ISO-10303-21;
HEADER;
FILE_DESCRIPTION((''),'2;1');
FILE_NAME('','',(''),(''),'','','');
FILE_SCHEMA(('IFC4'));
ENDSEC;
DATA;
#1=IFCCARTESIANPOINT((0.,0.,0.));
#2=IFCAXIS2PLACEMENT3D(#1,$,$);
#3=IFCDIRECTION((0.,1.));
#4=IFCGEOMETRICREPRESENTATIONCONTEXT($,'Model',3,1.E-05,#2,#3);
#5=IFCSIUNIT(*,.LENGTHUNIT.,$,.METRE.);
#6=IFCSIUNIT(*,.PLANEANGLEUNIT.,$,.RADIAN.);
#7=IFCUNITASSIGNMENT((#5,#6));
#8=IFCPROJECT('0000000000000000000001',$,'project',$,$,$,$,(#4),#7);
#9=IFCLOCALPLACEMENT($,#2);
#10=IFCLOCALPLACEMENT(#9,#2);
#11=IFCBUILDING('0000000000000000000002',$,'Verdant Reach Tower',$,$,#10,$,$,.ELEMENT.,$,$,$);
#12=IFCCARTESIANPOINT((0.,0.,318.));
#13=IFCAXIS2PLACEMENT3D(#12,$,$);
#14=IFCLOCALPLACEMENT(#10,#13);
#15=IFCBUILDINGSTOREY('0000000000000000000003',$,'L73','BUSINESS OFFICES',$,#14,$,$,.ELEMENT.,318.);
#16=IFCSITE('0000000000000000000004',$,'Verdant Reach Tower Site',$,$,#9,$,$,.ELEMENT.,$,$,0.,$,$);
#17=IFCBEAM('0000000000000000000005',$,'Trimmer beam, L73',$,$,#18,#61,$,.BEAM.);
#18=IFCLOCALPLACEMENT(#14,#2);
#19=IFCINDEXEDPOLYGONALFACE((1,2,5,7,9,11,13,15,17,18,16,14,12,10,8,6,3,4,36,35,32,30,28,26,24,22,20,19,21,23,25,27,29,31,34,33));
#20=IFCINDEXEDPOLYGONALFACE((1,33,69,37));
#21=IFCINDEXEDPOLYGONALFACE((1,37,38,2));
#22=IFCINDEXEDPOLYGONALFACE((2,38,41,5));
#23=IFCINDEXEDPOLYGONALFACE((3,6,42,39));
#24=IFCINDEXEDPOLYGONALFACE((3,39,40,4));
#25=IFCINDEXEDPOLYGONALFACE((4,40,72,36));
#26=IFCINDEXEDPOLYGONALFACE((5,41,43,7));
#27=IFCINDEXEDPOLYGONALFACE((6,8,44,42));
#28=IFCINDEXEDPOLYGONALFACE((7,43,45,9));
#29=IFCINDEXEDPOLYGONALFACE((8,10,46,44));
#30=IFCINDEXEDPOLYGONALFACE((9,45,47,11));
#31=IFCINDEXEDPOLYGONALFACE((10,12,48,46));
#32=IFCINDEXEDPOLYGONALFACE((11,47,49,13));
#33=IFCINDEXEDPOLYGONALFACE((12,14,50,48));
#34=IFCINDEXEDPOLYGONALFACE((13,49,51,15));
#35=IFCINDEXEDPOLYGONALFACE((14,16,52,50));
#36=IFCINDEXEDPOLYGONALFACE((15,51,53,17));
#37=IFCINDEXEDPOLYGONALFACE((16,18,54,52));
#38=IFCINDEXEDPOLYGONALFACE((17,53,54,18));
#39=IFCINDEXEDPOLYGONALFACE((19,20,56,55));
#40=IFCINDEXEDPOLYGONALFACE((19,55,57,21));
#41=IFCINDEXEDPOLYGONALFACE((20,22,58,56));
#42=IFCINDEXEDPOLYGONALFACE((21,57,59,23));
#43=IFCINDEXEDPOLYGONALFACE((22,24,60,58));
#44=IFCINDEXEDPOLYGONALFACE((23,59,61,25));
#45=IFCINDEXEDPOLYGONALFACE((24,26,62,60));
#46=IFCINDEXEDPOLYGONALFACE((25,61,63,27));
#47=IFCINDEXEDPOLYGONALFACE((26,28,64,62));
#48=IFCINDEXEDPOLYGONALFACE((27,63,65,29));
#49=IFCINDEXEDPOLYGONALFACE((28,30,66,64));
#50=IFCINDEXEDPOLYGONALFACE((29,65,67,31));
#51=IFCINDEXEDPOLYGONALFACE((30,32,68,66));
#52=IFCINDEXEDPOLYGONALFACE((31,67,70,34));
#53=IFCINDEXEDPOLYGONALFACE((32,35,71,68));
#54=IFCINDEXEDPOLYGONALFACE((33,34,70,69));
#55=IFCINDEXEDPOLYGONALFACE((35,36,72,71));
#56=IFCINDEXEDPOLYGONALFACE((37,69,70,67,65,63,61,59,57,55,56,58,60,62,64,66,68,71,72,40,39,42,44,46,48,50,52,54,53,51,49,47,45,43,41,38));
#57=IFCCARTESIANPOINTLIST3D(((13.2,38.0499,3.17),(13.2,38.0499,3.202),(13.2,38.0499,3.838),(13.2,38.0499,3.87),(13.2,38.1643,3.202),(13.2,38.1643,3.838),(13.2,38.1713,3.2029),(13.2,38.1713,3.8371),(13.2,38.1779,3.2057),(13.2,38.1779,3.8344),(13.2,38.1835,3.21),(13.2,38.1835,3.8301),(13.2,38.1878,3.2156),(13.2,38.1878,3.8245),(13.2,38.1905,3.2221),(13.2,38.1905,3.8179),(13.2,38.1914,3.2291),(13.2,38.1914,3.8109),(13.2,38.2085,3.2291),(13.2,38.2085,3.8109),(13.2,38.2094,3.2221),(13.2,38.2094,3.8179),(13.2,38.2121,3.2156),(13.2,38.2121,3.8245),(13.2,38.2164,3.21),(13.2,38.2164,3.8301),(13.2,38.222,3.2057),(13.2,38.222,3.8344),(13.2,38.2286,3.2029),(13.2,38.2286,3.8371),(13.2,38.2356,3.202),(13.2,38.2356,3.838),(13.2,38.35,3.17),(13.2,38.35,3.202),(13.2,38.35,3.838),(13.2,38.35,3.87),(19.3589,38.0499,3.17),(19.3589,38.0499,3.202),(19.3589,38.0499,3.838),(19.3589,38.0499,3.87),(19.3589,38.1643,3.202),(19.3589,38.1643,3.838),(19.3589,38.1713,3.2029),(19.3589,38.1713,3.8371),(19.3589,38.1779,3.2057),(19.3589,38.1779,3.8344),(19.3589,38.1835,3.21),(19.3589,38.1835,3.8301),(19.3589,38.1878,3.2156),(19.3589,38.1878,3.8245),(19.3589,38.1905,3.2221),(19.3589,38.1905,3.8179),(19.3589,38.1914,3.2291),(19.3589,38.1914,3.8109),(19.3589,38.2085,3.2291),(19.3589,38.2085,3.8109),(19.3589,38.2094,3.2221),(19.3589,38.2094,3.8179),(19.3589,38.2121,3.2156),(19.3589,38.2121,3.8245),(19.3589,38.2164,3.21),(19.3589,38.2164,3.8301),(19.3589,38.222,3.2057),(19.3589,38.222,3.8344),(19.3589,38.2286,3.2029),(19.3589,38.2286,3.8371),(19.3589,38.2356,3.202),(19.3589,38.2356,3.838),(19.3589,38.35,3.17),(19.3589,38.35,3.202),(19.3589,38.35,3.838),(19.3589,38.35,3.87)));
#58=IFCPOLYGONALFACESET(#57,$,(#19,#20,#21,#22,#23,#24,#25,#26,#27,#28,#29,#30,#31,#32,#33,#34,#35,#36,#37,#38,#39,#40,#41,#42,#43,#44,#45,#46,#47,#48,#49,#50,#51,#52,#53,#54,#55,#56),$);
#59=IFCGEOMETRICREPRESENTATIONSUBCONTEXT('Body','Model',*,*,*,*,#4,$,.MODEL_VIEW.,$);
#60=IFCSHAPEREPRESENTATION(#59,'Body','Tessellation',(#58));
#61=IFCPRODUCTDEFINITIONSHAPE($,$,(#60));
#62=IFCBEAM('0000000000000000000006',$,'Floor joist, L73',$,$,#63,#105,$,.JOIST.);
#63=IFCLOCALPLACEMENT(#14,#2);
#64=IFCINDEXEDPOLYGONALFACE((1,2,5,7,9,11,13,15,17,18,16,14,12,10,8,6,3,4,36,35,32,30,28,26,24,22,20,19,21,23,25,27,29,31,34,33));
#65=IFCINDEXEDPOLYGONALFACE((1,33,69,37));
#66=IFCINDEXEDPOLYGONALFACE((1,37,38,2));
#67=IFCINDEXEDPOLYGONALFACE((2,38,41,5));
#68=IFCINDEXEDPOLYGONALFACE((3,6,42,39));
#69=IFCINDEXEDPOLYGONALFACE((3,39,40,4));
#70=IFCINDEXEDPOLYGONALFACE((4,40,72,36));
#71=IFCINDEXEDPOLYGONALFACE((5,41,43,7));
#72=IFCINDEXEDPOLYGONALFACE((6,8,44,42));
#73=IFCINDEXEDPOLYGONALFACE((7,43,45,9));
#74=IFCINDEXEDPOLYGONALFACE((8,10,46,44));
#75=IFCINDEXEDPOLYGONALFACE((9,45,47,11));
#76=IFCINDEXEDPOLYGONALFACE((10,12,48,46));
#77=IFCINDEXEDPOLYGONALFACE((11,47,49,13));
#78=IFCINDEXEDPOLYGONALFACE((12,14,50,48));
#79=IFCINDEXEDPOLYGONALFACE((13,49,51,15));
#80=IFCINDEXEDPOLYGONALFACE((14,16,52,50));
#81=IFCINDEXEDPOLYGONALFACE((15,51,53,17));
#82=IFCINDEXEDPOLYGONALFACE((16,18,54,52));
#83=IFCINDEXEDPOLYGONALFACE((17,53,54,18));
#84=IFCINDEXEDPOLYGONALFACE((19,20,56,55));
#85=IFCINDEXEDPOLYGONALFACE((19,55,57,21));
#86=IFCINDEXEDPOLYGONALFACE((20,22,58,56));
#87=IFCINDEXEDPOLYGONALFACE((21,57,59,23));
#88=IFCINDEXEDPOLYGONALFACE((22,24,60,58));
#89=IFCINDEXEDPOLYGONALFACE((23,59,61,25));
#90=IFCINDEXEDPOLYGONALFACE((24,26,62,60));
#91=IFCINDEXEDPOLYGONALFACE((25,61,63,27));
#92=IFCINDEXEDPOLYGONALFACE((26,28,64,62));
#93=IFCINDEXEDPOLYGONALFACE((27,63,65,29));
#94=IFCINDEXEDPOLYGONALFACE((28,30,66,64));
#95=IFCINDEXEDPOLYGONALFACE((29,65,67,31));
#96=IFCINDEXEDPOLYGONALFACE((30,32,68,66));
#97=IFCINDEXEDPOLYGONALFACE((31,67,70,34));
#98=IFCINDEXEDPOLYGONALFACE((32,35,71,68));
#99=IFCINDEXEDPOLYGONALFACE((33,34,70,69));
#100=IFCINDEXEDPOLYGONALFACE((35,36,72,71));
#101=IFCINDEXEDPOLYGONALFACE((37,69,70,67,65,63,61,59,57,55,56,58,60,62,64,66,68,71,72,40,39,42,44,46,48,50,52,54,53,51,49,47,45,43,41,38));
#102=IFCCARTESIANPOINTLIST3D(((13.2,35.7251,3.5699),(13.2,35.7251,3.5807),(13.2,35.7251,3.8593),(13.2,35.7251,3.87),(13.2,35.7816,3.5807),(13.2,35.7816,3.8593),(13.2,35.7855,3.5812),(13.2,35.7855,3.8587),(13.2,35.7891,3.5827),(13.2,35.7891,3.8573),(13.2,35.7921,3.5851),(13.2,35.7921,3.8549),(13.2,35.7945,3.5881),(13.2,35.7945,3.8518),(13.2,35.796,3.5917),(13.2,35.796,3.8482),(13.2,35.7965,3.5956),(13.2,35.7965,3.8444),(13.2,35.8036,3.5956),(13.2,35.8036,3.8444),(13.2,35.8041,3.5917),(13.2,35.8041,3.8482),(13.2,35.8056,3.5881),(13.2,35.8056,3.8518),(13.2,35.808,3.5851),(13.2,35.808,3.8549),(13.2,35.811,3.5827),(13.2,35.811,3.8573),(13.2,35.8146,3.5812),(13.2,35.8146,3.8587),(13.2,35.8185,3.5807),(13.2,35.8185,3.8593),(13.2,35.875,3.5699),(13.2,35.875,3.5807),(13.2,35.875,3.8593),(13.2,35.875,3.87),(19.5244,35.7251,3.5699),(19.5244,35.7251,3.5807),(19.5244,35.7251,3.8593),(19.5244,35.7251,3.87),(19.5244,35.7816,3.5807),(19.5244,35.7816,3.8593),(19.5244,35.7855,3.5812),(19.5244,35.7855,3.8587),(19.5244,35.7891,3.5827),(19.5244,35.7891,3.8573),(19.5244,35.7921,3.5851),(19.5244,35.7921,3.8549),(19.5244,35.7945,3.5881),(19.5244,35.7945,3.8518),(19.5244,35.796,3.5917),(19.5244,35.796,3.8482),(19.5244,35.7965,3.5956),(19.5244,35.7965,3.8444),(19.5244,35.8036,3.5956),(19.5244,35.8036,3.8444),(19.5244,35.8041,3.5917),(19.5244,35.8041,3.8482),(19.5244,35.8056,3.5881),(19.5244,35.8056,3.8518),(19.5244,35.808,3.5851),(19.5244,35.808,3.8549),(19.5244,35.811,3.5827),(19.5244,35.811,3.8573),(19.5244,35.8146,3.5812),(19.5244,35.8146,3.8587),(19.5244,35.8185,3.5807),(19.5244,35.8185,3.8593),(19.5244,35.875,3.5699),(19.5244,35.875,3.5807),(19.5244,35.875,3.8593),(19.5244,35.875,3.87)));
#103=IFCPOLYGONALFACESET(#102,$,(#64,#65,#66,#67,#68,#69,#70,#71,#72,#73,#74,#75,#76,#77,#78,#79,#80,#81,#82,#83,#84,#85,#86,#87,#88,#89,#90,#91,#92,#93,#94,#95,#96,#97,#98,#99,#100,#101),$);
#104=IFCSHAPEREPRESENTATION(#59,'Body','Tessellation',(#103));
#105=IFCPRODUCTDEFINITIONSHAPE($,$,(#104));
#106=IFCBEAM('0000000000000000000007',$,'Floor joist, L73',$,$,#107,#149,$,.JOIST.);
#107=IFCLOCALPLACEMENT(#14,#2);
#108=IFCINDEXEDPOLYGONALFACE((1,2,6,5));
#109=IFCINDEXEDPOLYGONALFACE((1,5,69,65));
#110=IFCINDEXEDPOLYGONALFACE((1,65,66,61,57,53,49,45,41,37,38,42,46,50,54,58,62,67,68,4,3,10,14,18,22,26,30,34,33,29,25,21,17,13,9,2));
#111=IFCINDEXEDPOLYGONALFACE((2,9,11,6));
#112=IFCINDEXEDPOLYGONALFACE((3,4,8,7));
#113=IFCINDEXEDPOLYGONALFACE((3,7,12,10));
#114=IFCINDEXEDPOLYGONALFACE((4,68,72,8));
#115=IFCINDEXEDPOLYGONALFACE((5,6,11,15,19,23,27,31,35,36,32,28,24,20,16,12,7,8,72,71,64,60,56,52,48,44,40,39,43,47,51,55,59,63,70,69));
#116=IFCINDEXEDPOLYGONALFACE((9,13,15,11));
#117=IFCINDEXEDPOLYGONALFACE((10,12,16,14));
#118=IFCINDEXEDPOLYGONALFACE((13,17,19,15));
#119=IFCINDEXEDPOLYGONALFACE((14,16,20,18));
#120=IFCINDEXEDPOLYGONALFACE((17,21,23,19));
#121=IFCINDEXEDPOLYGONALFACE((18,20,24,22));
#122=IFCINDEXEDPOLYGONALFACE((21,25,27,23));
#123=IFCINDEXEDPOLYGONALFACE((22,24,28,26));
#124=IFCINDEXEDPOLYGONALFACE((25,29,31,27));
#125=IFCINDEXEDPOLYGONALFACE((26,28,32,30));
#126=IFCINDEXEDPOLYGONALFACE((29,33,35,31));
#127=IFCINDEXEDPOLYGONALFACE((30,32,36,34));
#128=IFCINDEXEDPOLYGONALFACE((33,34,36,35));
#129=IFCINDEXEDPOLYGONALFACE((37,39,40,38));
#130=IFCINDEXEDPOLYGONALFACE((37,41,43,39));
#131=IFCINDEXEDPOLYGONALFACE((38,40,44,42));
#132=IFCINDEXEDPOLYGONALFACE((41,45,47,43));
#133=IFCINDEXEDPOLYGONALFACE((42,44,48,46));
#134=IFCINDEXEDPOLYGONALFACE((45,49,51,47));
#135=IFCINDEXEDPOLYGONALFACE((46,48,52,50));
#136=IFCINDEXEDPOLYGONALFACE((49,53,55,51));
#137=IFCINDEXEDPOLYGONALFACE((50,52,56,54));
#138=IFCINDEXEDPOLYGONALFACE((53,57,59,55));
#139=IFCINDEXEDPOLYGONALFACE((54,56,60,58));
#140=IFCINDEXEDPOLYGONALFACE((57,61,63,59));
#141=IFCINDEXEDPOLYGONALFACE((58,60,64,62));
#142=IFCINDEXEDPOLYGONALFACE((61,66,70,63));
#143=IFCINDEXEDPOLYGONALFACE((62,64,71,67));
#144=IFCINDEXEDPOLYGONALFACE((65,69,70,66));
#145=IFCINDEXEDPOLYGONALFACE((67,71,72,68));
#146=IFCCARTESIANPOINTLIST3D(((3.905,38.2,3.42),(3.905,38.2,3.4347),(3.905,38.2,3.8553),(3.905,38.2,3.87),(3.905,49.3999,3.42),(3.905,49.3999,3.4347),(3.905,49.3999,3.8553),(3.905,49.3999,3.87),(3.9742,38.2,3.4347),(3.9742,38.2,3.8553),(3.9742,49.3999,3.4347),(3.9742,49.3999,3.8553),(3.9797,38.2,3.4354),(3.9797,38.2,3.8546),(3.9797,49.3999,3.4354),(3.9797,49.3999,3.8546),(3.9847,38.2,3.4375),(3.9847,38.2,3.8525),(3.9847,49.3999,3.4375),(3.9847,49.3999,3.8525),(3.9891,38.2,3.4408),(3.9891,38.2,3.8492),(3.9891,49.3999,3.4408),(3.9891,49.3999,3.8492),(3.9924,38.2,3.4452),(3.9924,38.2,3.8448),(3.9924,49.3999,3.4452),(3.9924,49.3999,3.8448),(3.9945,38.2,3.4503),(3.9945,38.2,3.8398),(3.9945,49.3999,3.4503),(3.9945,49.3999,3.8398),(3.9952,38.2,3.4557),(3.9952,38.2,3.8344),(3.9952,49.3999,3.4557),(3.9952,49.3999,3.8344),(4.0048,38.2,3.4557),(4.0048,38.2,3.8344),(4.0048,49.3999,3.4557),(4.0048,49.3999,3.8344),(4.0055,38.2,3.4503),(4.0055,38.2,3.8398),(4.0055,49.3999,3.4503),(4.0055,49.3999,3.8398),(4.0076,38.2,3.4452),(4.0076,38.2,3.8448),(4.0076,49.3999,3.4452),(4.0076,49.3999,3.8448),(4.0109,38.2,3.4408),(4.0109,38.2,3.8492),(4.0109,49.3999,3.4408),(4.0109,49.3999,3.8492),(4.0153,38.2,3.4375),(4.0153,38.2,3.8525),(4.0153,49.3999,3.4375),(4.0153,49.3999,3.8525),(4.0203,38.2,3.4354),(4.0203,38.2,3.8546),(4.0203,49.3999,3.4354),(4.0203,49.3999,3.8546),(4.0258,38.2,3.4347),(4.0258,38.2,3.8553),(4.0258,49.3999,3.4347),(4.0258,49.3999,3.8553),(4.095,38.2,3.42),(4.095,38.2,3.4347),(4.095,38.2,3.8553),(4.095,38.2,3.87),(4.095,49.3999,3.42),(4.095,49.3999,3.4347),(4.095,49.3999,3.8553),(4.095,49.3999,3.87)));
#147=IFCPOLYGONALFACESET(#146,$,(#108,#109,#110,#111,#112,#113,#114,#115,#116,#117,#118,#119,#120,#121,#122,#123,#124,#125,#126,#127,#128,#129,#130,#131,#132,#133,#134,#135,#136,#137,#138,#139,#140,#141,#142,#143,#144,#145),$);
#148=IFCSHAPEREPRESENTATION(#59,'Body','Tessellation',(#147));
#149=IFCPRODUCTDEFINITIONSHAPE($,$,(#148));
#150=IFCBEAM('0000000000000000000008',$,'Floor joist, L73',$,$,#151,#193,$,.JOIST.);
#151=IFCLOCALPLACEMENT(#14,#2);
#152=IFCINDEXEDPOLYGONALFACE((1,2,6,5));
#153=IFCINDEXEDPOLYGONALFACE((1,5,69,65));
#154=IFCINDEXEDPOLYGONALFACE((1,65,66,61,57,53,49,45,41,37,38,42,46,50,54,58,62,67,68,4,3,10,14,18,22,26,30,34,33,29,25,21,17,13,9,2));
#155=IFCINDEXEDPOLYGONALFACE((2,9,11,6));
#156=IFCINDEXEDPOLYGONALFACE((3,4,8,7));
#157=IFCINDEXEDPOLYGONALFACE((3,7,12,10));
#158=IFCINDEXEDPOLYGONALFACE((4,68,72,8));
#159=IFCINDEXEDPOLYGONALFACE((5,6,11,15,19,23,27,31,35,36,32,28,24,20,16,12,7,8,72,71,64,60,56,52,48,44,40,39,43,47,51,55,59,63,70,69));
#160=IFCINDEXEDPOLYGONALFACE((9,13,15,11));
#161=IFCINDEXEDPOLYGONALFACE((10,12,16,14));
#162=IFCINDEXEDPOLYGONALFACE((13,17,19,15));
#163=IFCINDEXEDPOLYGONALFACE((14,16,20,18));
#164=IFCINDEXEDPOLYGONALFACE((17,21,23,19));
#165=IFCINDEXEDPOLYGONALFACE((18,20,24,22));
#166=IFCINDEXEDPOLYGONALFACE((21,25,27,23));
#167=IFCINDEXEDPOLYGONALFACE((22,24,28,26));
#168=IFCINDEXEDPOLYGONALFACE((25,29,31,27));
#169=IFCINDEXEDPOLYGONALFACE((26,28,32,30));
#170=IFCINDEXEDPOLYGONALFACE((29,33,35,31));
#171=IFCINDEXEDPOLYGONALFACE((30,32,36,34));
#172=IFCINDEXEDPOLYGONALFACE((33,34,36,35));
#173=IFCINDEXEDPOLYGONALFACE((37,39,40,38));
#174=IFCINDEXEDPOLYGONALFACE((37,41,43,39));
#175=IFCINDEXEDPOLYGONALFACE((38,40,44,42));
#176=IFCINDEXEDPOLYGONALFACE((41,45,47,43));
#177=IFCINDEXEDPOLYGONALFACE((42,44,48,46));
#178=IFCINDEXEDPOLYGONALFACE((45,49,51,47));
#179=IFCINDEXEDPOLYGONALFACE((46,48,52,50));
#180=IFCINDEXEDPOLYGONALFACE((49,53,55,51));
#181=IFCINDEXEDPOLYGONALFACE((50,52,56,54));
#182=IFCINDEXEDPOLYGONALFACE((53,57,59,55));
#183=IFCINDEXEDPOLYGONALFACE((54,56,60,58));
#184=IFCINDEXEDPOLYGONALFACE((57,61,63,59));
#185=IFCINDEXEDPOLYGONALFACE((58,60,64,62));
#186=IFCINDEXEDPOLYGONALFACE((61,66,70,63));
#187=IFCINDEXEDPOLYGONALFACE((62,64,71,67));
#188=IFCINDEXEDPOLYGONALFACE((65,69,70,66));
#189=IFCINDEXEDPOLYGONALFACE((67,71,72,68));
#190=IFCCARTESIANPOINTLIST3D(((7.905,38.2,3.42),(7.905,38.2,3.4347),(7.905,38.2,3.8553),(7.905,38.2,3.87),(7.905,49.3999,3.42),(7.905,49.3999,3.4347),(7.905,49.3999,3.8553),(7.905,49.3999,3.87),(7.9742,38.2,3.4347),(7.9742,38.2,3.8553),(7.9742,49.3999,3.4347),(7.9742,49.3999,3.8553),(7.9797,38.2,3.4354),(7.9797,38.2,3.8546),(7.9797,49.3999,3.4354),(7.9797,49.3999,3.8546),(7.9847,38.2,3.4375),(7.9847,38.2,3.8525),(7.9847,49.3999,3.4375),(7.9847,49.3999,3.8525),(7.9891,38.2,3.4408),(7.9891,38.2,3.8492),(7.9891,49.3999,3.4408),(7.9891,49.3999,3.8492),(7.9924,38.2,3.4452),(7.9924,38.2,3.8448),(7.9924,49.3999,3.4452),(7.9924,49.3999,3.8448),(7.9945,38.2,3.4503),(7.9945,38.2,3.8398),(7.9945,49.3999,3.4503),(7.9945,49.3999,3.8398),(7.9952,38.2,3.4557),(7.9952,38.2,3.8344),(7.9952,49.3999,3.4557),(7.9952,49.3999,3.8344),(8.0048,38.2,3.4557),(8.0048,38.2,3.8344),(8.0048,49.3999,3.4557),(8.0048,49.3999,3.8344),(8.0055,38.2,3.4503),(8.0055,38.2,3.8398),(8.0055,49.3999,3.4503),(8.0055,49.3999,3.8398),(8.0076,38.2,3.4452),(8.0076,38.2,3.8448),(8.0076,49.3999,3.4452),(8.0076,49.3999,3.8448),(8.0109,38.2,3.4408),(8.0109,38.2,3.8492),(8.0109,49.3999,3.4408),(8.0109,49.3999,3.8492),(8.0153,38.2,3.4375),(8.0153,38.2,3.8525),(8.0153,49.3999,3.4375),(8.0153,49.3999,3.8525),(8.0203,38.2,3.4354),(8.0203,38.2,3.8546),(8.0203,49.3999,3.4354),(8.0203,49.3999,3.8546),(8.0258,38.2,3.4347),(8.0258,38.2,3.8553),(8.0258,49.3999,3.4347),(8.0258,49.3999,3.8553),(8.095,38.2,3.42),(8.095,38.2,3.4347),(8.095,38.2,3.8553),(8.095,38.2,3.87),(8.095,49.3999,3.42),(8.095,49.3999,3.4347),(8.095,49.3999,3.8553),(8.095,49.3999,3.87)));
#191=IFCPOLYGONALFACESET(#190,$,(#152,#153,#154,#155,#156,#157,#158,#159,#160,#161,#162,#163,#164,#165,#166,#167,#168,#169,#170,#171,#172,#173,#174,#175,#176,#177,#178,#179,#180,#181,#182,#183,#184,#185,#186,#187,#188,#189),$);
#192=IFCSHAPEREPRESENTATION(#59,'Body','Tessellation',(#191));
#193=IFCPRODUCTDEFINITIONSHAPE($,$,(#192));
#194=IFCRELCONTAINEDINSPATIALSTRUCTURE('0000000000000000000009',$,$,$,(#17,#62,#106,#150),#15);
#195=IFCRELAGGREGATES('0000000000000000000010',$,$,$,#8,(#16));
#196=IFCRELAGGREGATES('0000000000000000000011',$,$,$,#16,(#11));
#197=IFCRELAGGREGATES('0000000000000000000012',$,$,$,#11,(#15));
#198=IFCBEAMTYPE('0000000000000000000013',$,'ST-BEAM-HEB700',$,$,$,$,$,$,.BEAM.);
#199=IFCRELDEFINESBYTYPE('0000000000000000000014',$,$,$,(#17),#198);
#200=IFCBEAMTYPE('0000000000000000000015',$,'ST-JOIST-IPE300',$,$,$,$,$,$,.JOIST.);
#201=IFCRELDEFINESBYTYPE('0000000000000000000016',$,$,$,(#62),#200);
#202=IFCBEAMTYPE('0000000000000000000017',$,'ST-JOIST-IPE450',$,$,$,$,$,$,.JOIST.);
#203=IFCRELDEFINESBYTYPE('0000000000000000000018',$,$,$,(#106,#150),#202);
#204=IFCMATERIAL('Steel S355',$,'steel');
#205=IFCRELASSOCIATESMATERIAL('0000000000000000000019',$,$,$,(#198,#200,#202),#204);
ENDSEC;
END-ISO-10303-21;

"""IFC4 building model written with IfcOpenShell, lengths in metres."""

from ifc_helpers import new_model, si_unit, direction, frame, origin, origin_2d, place, context, subcontext, project, spatial, i_section, extrude, material, material_profile, profile_set, type_object, element, save


model = new_model("IFC4")

# Units and contexts
model_context = context("Model", 3, precision=1e-05, world=origin(), true_north=direction((0.0, 1.0)))
body_context = subcontext(model_context, "Body", "Model", "MODEL_VIEW")
ifc_project = project(units=[si_unit("LENGTHUNIT", "METRE"), si_unit("PLANEANGLEUNIT", "RADIAN")], contexts=[model_context])

# Site, building, storey
site_placement = place(None, origin())
site = spatial("IfcSite", under=ifc_project, at=site_placement, Name="Verdant Reach Tower Site", CompositionType="ELEMENT", RefElevation=0.0)
building_placement = place(site_placement, origin())
building = spatial("IfcBuilding", under=site, at=building_placement, Name="Verdant Reach Tower", CompositionType="ELEMENT")
storey_placement = place(building_placement, frame((0.0, 0.0, 318.0)))
storey = spatial("IfcBuildingStorey", under=building, at=storey_placement, Name="L73", Description="BUSINESS OFFICES", CompositionType="ELEMENT", Elevation=318.0)

# Beams
ifc_material_1 = material(Name="Steel S355", Category="steel")
ifc_material_profile_1 = material_profile(ifc_material_1, i_section(OverallWidth=0.3, OverallDepth=0.7, WebThickness=0.0171, FlangeThickness=0.032, FilletRadius=0.0271, at=origin_2d()), Name="HEB 700")
ifc_profile_set_1 = profile_set([ifc_material_profile_1], Name="Steel S355")
beam_type_1 = type_object("IfcBeamType", Name="ST-BEAM-HEB700", PredefinedType="BEAM", material=ifc_profile_set_1)
beam_1_placement = place(storey_placement, frame((13.2, 38.2, 3.52), z_axis=(1.0, 0.0, 0.0), x_axis=(0.0, 1.0, 0.0)))
element("IfcBeam", 1, at=beam_1_placement, inside=storey, type_object=beam_type_1, Name="Trimmer beam, L73", PredefinedType="BEAM", context=body_context, shape_type="SweptSolid", body=[
    extrude(i_section(OverallWidth=0.3, OverallDepth=0.7, WebThickness=0.0171, FlangeThickness=0.032, FilletRadius=0.0271, at=origin_2d()), origin(), (0.0, 0.0, 1.0), 6.1589),
])
ifc_material_profile_2 = material_profile(ifc_material_1, i_section(OverallWidth=0.1499, OverallDepth=0.3, WebThickness=0.0071, FlangeThickness=0.0107, FilletRadius=0.0149, at=origin_2d()), Name="IPE 300")
ifc_profile_set_2 = profile_set([ifc_material_profile_2], Name="Steel S355")
beam_type_2 = type_object("IfcBeamType", Name="ST-JOIST-IPE300", PredefinedType="JOIST", material=ifc_profile_set_2)
beam_2_placement = place(storey_placement, frame((13.2, 35.8, 3.72), z_axis=(1.0, 0.0, 0.0), x_axis=(0.0, 1.0, 0.0)))
element("IfcBeam", 2, at=beam_2_placement, inside=storey, type_object=beam_type_2, Name="Floor joist, L73", PredefinedType="JOIST", context=body_context, shape_type="SweptSolid", body=[
    extrude(i_section(OverallWidth=0.1499, OverallDepth=0.3, WebThickness=0.0071, FlangeThickness=0.0107, FilletRadius=0.0149, at=origin_2d()), origin(), (0.0, 0.0, 1.0), 6.3245),
])
ifc_material_profile_3 = material_profile(ifc_material_1, i_section(OverallWidth=0.1899, OverallDepth=0.45, WebThickness=0.0095, FlangeThickness=0.0146, FilletRadius=0.021, at=origin_2d()), Name="IPE 450")
ifc_profile_set_3 = profile_set([ifc_material_profile_3], Name="Steel S355")
beam_type_3 = type_object("IfcBeamType", Name="ST-JOIST-IPE450", PredefinedType="JOIST", material=ifc_profile_set_3)
for number, where, z_axis, x_axis, name in (
    (3, (4.0, 38.2, 3.645), (0.0, 1.0, 0.0), (-1.0, 0.0, 0.0), "Floor joist, L73"),
    (4, (8.0, 38.2, 3.645), (0.0, 1.0, 0.0), (-1.0, 0.0, 0.0), "Floor joist, L73"),
):
    element("IfcBeam", number, at=place(storey_placement, frame(where, z_axis=z_axis, x_axis=x_axis)), inside=storey, type_object=beam_type_3, Name=name, PredefinedType="JOIST", context=body_context, shape_type="SweptSolid", body=[
        extrude(i_section(OverallWidth=0.1899, OverallDepth=0.45, WebThickness=0.0095, FlangeThickness=0.0146, FilletRadius=0.021, at=origin_2d()), origin(), (0.0, 0.0, 1.0), 11.2),
    ])

save(model, "model.ifc")
